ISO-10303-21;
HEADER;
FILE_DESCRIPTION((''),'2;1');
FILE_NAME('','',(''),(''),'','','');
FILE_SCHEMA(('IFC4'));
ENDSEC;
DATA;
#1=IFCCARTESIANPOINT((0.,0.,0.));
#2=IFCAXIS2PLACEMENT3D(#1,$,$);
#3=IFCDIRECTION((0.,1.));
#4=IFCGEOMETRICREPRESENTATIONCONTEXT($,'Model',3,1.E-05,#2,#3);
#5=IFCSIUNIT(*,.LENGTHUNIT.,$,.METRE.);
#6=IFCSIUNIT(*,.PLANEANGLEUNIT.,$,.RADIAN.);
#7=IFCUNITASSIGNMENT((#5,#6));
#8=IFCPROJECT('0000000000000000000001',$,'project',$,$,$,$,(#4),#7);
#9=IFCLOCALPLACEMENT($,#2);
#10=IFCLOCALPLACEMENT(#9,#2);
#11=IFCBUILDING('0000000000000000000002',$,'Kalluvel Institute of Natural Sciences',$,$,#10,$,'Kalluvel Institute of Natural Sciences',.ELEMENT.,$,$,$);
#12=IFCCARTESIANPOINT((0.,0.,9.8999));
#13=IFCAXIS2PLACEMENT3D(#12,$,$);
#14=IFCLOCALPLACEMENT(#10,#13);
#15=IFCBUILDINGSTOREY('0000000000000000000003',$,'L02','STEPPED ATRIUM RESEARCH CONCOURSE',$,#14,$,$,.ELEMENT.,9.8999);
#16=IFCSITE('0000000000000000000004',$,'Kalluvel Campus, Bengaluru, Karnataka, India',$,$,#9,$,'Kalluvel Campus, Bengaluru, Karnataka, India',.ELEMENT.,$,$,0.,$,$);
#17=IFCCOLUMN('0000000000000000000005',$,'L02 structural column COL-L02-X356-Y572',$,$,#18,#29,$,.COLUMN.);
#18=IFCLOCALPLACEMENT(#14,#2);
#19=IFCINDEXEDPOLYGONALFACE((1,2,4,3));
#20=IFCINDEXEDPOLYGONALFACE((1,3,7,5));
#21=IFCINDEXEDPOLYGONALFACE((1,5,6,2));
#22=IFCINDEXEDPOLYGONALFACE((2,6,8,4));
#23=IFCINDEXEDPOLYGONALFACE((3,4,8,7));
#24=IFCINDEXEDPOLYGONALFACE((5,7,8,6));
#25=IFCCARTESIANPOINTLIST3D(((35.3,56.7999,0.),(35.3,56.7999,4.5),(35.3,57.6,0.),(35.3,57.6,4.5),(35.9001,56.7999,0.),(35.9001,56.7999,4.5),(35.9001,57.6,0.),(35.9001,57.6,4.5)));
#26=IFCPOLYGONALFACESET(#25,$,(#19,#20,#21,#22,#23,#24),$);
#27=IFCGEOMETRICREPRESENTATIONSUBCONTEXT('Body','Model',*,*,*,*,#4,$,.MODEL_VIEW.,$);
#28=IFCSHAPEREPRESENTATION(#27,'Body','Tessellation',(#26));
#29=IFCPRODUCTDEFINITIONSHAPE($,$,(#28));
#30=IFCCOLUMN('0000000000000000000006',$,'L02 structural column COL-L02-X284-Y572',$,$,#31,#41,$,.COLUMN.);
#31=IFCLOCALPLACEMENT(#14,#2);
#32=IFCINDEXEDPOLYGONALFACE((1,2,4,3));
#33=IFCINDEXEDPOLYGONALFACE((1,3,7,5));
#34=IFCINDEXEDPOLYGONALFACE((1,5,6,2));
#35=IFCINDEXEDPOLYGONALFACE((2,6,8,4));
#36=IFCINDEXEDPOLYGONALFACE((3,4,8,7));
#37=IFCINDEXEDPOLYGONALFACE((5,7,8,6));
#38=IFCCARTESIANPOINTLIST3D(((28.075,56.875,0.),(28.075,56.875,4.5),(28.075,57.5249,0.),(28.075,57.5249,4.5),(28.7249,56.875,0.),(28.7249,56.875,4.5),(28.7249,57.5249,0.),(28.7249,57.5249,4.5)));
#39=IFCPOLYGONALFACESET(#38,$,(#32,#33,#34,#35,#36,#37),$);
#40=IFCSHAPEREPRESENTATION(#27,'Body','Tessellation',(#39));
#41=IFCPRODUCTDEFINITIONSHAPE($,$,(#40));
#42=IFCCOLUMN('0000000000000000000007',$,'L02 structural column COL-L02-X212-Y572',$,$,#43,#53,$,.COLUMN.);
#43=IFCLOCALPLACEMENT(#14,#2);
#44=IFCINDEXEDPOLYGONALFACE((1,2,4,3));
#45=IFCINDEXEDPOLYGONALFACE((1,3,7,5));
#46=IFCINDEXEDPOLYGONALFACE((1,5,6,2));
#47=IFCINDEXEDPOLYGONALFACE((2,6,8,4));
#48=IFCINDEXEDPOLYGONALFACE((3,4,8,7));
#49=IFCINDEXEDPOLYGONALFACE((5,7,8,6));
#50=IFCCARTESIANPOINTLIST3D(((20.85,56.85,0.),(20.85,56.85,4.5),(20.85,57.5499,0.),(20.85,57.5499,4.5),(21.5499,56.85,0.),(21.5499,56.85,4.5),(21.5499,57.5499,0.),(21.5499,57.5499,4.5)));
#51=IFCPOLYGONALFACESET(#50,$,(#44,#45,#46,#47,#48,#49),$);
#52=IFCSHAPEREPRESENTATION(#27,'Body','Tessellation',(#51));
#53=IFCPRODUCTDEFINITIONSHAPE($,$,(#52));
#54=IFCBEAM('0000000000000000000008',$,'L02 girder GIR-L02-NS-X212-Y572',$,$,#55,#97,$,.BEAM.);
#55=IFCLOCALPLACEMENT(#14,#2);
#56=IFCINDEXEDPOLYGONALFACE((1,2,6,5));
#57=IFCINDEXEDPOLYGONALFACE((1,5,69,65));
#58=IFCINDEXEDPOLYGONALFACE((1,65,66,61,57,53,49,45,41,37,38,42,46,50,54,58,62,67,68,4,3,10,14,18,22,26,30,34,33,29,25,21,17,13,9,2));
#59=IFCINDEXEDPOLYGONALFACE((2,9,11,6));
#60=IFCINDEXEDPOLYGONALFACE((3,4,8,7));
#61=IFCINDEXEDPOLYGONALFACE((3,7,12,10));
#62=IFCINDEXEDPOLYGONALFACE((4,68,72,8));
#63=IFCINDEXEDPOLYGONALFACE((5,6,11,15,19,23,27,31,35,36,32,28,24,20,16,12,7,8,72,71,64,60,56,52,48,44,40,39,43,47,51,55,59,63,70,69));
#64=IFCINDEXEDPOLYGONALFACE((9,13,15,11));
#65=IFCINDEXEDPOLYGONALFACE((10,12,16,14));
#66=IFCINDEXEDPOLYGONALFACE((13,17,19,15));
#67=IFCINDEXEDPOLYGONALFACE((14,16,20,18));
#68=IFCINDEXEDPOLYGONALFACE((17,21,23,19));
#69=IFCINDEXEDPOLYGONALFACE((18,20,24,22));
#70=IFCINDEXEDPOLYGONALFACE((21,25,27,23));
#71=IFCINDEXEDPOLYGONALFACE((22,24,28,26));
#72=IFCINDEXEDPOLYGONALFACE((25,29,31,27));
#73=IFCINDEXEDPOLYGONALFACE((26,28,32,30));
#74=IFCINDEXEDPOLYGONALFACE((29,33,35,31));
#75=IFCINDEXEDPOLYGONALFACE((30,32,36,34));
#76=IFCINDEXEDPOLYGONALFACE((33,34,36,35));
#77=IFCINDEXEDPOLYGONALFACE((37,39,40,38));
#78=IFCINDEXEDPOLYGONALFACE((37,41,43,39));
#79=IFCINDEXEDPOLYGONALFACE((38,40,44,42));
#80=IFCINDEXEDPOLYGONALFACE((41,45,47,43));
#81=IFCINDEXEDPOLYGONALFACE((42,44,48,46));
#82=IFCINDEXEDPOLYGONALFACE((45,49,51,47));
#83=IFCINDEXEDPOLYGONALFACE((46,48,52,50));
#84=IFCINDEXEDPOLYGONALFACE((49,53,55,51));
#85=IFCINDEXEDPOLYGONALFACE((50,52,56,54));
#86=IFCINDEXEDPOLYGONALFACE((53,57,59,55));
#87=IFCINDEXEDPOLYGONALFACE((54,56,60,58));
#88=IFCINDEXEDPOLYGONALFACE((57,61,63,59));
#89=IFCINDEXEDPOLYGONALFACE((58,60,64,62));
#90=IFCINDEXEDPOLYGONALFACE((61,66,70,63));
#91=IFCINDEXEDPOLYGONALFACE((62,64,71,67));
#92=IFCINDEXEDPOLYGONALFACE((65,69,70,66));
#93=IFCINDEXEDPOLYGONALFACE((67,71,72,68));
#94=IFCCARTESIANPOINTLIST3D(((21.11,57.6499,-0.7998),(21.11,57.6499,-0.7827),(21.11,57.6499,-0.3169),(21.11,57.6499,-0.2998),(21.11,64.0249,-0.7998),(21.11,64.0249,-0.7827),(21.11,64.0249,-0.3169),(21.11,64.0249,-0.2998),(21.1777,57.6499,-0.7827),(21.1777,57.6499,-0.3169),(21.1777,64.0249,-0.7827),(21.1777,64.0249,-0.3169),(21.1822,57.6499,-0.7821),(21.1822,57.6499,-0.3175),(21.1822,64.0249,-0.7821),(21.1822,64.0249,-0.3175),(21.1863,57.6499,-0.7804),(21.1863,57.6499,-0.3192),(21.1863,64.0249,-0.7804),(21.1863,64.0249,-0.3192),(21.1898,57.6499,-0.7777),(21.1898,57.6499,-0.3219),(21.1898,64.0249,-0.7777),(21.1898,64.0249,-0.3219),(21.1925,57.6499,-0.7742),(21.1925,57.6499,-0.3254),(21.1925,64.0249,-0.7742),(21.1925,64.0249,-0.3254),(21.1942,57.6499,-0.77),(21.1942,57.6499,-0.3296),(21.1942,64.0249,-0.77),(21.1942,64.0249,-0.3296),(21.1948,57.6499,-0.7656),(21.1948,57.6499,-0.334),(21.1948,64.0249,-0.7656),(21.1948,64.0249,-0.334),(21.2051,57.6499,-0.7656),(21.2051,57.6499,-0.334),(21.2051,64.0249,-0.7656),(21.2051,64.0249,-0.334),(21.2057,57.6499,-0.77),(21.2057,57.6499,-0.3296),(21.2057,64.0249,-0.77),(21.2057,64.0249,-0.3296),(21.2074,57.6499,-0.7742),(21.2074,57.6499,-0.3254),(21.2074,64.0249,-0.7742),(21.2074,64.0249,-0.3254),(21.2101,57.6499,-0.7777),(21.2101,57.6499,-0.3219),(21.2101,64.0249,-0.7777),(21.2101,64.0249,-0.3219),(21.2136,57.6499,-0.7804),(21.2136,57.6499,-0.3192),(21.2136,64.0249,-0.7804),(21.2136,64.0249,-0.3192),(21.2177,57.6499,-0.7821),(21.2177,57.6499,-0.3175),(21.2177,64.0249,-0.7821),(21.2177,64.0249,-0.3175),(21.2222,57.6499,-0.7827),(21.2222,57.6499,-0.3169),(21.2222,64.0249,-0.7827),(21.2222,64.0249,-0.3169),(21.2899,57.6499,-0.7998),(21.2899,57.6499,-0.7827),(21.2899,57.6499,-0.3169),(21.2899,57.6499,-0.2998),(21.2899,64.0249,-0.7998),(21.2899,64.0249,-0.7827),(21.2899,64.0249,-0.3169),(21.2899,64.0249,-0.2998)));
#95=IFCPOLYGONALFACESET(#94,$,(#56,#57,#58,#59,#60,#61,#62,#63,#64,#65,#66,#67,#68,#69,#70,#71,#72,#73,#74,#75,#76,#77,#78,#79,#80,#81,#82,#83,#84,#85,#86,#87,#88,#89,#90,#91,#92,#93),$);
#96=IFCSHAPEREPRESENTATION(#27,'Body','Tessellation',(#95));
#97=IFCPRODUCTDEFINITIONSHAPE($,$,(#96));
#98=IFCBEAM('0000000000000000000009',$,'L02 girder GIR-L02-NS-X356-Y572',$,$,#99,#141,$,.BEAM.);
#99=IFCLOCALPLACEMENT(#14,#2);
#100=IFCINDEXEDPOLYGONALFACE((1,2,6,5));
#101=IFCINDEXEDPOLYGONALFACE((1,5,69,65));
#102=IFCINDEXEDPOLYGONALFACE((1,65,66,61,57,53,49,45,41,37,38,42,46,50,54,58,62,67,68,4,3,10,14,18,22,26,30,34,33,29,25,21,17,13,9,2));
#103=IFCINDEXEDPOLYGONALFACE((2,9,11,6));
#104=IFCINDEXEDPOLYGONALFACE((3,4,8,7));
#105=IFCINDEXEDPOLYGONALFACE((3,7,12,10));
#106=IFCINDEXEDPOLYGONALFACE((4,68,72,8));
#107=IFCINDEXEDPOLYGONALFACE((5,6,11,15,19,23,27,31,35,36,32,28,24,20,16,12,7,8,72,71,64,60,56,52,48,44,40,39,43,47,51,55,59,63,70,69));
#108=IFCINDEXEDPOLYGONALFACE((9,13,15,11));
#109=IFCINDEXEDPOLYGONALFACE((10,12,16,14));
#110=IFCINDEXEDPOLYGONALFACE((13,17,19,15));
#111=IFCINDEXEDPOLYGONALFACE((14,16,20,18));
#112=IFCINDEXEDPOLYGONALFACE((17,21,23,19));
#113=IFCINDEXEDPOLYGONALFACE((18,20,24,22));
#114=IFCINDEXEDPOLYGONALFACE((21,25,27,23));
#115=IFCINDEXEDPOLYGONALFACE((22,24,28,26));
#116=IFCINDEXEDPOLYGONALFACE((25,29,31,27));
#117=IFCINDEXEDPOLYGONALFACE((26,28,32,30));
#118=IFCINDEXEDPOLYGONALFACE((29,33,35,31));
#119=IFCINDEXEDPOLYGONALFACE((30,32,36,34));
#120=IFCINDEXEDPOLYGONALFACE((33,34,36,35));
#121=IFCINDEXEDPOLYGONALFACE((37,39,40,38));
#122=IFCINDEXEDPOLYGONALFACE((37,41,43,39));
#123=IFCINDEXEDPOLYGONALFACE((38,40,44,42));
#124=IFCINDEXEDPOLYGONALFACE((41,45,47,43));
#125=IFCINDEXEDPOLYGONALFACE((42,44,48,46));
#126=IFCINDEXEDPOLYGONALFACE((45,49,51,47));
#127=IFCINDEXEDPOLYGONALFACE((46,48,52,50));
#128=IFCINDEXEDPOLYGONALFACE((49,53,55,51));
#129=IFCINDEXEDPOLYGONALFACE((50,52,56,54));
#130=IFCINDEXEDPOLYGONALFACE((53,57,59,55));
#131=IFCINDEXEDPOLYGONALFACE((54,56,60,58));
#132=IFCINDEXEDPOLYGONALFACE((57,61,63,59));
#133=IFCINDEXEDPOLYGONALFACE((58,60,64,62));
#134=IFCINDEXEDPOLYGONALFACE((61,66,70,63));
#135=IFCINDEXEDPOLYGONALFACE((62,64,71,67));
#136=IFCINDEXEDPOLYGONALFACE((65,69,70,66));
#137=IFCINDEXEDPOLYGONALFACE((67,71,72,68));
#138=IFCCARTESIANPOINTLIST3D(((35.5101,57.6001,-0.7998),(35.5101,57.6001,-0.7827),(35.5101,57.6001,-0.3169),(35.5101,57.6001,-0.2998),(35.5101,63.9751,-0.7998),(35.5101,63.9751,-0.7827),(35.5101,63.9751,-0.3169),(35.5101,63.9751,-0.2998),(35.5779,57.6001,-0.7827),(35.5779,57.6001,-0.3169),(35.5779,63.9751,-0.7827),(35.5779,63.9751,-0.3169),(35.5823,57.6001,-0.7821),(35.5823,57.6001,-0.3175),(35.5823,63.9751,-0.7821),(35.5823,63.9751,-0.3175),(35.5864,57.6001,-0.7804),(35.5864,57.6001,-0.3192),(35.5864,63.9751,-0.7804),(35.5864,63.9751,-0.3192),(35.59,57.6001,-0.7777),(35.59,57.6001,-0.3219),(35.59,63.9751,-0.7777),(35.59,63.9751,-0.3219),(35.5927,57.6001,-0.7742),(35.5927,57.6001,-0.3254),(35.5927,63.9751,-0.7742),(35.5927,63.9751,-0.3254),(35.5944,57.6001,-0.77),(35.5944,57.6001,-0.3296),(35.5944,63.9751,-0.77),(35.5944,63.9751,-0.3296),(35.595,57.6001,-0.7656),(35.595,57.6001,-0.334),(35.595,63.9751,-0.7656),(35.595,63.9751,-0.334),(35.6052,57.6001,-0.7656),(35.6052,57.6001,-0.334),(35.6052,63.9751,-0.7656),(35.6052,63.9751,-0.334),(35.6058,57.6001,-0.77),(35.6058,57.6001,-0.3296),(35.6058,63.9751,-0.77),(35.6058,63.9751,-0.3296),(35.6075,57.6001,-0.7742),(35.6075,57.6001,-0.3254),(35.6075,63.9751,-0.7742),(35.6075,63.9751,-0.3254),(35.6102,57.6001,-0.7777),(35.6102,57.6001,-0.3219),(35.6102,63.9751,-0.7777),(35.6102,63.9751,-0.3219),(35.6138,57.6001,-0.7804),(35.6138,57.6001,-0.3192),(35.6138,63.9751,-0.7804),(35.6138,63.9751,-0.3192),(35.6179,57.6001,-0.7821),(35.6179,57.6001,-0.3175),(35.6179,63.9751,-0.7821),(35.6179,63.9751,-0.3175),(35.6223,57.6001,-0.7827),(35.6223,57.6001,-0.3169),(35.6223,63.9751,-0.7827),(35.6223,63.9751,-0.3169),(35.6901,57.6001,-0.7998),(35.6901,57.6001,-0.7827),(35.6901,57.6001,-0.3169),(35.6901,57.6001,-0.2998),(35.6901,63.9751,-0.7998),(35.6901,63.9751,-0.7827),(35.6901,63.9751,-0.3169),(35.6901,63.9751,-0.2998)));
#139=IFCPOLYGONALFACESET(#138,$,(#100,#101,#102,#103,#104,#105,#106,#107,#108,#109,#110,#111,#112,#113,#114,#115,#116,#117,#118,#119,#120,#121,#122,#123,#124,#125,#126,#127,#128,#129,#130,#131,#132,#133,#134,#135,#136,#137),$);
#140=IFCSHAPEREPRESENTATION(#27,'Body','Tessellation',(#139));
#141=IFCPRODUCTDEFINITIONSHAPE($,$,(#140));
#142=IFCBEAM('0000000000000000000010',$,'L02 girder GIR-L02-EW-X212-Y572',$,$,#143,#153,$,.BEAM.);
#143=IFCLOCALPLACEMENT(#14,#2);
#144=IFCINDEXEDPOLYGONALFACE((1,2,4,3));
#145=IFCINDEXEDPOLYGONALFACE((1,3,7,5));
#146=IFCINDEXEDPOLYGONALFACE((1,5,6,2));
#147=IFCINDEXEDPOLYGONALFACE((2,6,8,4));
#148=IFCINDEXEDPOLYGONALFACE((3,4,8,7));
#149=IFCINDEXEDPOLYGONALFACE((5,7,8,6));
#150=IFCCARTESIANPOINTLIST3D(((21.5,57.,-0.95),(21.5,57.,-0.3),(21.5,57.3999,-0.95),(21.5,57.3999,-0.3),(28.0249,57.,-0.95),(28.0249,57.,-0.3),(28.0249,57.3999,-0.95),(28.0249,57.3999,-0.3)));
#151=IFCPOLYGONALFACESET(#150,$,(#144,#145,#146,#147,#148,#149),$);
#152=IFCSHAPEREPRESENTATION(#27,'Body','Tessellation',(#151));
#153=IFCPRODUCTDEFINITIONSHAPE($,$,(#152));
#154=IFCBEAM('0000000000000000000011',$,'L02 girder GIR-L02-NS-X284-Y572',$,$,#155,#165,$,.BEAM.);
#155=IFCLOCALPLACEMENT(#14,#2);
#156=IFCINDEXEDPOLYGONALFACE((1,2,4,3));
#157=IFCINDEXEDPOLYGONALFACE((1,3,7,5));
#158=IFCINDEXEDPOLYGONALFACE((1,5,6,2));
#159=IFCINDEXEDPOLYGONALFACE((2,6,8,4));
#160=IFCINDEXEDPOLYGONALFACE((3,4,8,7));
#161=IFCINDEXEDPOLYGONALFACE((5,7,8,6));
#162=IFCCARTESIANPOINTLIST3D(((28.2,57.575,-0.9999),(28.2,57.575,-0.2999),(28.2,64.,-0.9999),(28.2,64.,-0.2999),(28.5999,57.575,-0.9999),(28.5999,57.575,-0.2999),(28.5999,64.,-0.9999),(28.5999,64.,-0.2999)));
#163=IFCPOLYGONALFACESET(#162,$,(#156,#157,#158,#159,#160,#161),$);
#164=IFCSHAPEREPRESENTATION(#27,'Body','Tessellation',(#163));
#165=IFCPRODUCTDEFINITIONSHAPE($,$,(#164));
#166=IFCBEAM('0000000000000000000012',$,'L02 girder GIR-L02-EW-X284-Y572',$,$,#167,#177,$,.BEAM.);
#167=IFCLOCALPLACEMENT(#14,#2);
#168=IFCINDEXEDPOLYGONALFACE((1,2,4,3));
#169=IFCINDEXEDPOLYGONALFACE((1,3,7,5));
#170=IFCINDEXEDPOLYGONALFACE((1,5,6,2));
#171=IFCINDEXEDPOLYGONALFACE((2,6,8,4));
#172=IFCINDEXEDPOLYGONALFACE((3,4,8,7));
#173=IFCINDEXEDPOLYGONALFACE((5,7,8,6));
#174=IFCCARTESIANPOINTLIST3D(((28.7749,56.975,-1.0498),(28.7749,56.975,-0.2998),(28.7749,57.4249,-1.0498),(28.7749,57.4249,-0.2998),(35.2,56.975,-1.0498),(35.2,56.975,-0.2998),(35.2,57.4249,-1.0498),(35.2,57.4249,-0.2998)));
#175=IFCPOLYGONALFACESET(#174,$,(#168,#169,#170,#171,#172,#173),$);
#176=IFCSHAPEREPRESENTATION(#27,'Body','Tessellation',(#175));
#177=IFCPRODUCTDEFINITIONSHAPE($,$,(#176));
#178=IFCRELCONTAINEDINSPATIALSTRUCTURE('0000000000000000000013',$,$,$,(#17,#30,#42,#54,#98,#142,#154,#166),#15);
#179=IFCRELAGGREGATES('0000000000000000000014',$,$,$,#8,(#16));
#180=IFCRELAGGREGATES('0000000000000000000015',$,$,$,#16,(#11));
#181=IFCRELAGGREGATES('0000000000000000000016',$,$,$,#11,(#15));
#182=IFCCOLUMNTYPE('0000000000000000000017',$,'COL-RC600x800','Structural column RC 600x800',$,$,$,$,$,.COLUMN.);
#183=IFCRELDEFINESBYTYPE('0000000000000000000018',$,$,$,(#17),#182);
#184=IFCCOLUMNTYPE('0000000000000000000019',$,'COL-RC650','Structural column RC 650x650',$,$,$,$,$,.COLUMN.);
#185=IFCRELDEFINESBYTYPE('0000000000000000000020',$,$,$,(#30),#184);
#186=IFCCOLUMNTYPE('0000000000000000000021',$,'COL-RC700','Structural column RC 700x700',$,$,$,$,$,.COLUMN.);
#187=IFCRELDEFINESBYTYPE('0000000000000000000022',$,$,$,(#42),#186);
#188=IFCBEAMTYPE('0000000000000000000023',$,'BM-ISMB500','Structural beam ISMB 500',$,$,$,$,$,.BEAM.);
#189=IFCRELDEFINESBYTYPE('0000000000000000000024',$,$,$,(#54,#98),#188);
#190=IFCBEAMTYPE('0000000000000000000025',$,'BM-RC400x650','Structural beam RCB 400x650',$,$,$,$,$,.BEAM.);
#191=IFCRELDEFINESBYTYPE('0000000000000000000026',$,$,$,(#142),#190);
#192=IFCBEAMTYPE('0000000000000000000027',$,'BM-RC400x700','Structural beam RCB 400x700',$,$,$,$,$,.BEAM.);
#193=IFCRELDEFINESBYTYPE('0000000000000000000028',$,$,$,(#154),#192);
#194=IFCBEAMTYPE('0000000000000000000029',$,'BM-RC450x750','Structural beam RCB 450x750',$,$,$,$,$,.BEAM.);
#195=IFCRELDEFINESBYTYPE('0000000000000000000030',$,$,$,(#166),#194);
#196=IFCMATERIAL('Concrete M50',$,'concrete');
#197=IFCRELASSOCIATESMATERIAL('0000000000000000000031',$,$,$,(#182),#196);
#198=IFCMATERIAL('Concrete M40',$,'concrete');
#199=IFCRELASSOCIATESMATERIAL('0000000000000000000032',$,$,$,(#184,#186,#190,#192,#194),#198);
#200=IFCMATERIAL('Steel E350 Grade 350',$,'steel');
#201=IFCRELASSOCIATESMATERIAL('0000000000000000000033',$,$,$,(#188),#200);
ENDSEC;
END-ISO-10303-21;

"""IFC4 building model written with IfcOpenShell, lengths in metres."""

from ifc_helpers import new_model, si_unit, direction, frame, origin, origin_2d, place, context, subcontext, project, spatial, rectangle, i_section, extrude, material, material_profile, profile_set, type_object, element, save


model = new_model("IFC4")

# Units and contexts
model_context = context("Model", 3, precision=1e-05, world=origin(), true_north=direction((0.0, 1.0)))
body_context = subcontext(model_context, "Body", "Model", "MODEL_VIEW")
ifc_project = project(units=[si_unit("LENGTHUNIT", "METRE"), si_unit("PLANEANGLEUNIT", "RADIAN")], contexts=[model_context])

# Site, building, storey
site_placement = place(None, origin())
site = spatial("IfcSite", under=ifc_project, at=site_placement, Name="Kalluvel Campus, Bengaluru, Karnataka, India", LongName="Kalluvel Campus, Bengaluru, Karnataka, India", CompositionType="ELEMENT", RefElevation=0.0)
building_placement = place(site_placement, origin())
building = spatial("IfcBuilding", under=site, at=building_placement, Name="Kalluvel Institute of Natural Sciences", LongName="Kalluvel Institute of Natural Sciences", CompositionType="ELEMENT")
storey_placement = place(building_placement, frame((0.0, 0.0, 9.8999)))
storey = spatial("IfcBuildingStorey", under=building, at=storey_placement, Name="L02", Description="STEPPED ATRIUM RESEARCH CONCOURSE", CompositionType="ELEMENT", Elevation=9.8999)

# Columns
ifc_material_1 = material(Name="Concrete M50", Category="concrete")
ifc_material_profile_1 = material_profile(ifc_material_1, rectangle(XDim=0.6001, YDim=0.8, at=origin_2d()), Name="RC 600x800")
ifc_profile_set_1 = profile_set([ifc_material_profile_1], Name="Concrete M50")
column_type_1 = type_object("IfcColumnType", Name="COL-RC600x800", Description="Structural column RC 600x800", PredefinedType="COLUMN", material=ifc_profile_set_1)
column_1_placement = place(storey_placement, frame((35.6001, 57.2, 0.0), z_axis=(0.0, 0.0, 1.0), x_axis=(1.0, 0.0, 0.0)))
element("IfcColumn", 1, at=column_1_placement, inside=storey, type_object=column_type_1, Name="L02 structural column COL-L02-X356-Y572", PredefinedType="COLUMN", context=body_context, shape_type="SweptSolid", body=[
    extrude(rectangle(XDim=0.6001, YDim=0.8, at=origin_2d()), origin(), (0.0, 0.0, 1.0), 4.5),
])
ifc_material_2 = material(Name="Concrete M40", Category="concrete")
ifc_material_profile_2 = material_profile(ifc_material_2, rectangle(XDim=0.6499, YDim=0.6499, at=origin_2d()), Name="RC 650x650")
ifc_profile_set_2 = profile_set([ifc_material_profile_2], Name="Concrete M40")
column_type_2 = type_object("IfcColumnType", Name="COL-RC650", Description="Structural column RC 650x650", PredefinedType="COLUMN", material=ifc_profile_set_2)
column_2_placement = place(storey_placement, frame((28.3999, 57.2, 0.0), z_axis=(0.0, 0.0, 1.0), x_axis=(1.0, 0.0, 0.0)))
element("IfcColumn", 2, at=column_2_placement, inside=storey, type_object=column_type_2, Name="L02 structural column COL-L02-X284-Y572", PredefinedType="COLUMN", context=body_context, shape_type="SweptSolid", body=[
    extrude(rectangle(XDim=0.6499, YDim=0.6499, at=origin_2d()), origin(), (0.0, 0.0, 1.0), 4.5),
])
ifc_material_profile_3 = material_profile(ifc_material_2, rectangle(XDim=0.7, YDim=0.7, at=origin_2d()), Name="RC 700x700")
ifc_profile_set_3 = profile_set([ifc_material_profile_3], Name="Concrete M40")
column_type_3 = type_object("IfcColumnType", Name="COL-RC700", Description="Structural column RC 700x700", PredefinedType="COLUMN", material=ifc_profile_set_3)
column_3_placement = place(storey_placement, frame((21.2, 57.2, 0.0), z_axis=(0.0, 0.0, 1.0), x_axis=(1.0, 0.0, 0.0)))
element("IfcColumn", 3, at=column_3_placement, inside=storey, type_object=column_type_3, Name="L02 structural column COL-L02-X212-Y572", PredefinedType="COLUMN", context=body_context, shape_type="SweptSolid", body=[
    extrude(rectangle(XDim=0.7, YDim=0.7, at=origin_2d()), origin(), (0.0, 0.0, 1.0), 4.5),
])

# Beams
ifc_material_3 = material(Name="Steel E350 Grade 350", Category="steel")
ifc_material_profile_4 = material_profile(ifc_material_3, i_section(OverallWidth=0.1799, OverallDepth=0.5, WebThickness=0.0103, FlangeThickness=0.0171, FilletRadius=0.0171, at=origin_2d()), Name="ISMB 500")
ifc_profile_set_4 = profile_set([ifc_material_profile_4], Name="Steel E350 Grade 350")
beam_type_1 = type_object("IfcBeamType", Name="BM-ISMB500", Description="Structural beam ISMB 500", PredefinedType="BEAM", material=ifc_profile_set_4)
for number, where, z_axis, x_axis, name in (
    (4, (21.2, 57.6499, -0.5498), (0.0, 1.0, 0.0), (-1.0, 0.0, 0.0), "L02 girder GIR-L02-NS-X212-Y572"),
    (5, (35.6001, 57.6001, -0.5498), (0.0, 1.0, 0.0), (-1.0, 0.0, 0.0), "L02 girder GIR-L02-NS-X356-Y572"),
):
    element("IfcBeam", number, at=place(storey_placement, frame(where, z_axis=z_axis, x_axis=x_axis)), inside=storey, type_object=beam_type_1, Name=name, PredefinedType="BEAM", context=body_context, shape_type="SweptSolid", body=[
        extrude(i_section(OverallWidth=0.1799, OverallDepth=0.5, WebThickness=0.0103, FlangeThickness=0.0171, FilletRadius=0.0171, at=origin_2d()), origin(), (0.0, 0.0, 1.0), 6.375),
    ])
ifc_material_profile_5 = material_profile(ifc_material_2, rectangle(XDim=0.3999, YDim=0.6499, at=origin_2d()), Name="RCB 400x650")
ifc_profile_set_5 = profile_set([ifc_material_profile_5], Name="Concrete M40")
beam_type_2 = type_object("IfcBeamType", Name="BM-RC400x650", Description="Structural beam RCB 400x650", PredefinedType="BEAM", material=ifc_profile_set_5)
beam_1_placement = place(storey_placement, frame((21.5, 57.2, -0.625), z_axis=(1.0, 0.0, 0.0), x_axis=(0.0, 1.0, 0.0)))
element("IfcBeam", 6, at=beam_1_placement, inside=storey, type_object=beam_type_2, Name="L02 girder GIR-L02-EW-X212-Y572", PredefinedType="BEAM", context=body_context, shape_type="SweptSolid", body=[
    extrude(rectangle(XDim=0.3999, YDim=0.6499, at=origin_2d()), origin(), (0.0, 0.0, 1.0), 6.5249),
])
ifc_material_profile_6 = material_profile(ifc_material_2, rectangle(XDim=0.3999, YDim=0.7, at=origin_2d()), Name="RCB 400x700")
ifc_profile_set_6 = profile_set([ifc_material_profile_6], Name="Concrete M40")
beam_type_3 = type_object("IfcBeamType", Name="BM-RC400x700", Description="Structural beam RCB 400x700", PredefinedType="BEAM", material=ifc_profile_set_6)
beam_2_placement = place(storey_placement, frame((28.3999, 57.575, -0.6499), z_axis=(0.0, 1.0, 0.0), x_axis=(-1.0, 0.0, 0.0)))
element("IfcBeam", 7, at=beam_2_placement, inside=storey, type_object=beam_type_3, Name="L02 girder GIR-L02-NS-X284-Y572", PredefinedType="BEAM", context=body_context, shape_type="SweptSolid", body=[
    extrude(rectangle(XDim=0.3999, YDim=0.7, at=origin_2d()), origin(), (0.0, 0.0, 1.0), 6.425),
])
ifc_material_profile_7 = material_profile(ifc_material_2, rectangle(XDim=0.45, YDim=0.75, at=origin_2d()), Name="RCB 450x750")
ifc_profile_set_7 = profile_set([ifc_material_profile_7], Name="Concrete M40")
beam_type_4 = type_object("IfcBeamType", Name="BM-RC450x750", Description="Structural beam RCB 450x750", PredefinedType="BEAM", material=ifc_profile_set_7)
beam_3_placement = place(storey_placement, frame((28.7749, 57.2, -0.6748), z_axis=(1.0, 0.0, 0.0), x_axis=(0.0, 1.0, 0.0)))
element("IfcBeam", 8, at=beam_3_placement, inside=storey, type_object=beam_type_4, Name="L02 girder GIR-L02-EW-X284-Y572", PredefinedType="BEAM", context=body_context, shape_type="SweptSolid", body=[
    extrude(rectangle(XDim=0.45, YDim=0.75, at=origin_2d()), origin(), (0.0, 0.0, 1.0), 6.425),
])

save(model, "model.ifc")
